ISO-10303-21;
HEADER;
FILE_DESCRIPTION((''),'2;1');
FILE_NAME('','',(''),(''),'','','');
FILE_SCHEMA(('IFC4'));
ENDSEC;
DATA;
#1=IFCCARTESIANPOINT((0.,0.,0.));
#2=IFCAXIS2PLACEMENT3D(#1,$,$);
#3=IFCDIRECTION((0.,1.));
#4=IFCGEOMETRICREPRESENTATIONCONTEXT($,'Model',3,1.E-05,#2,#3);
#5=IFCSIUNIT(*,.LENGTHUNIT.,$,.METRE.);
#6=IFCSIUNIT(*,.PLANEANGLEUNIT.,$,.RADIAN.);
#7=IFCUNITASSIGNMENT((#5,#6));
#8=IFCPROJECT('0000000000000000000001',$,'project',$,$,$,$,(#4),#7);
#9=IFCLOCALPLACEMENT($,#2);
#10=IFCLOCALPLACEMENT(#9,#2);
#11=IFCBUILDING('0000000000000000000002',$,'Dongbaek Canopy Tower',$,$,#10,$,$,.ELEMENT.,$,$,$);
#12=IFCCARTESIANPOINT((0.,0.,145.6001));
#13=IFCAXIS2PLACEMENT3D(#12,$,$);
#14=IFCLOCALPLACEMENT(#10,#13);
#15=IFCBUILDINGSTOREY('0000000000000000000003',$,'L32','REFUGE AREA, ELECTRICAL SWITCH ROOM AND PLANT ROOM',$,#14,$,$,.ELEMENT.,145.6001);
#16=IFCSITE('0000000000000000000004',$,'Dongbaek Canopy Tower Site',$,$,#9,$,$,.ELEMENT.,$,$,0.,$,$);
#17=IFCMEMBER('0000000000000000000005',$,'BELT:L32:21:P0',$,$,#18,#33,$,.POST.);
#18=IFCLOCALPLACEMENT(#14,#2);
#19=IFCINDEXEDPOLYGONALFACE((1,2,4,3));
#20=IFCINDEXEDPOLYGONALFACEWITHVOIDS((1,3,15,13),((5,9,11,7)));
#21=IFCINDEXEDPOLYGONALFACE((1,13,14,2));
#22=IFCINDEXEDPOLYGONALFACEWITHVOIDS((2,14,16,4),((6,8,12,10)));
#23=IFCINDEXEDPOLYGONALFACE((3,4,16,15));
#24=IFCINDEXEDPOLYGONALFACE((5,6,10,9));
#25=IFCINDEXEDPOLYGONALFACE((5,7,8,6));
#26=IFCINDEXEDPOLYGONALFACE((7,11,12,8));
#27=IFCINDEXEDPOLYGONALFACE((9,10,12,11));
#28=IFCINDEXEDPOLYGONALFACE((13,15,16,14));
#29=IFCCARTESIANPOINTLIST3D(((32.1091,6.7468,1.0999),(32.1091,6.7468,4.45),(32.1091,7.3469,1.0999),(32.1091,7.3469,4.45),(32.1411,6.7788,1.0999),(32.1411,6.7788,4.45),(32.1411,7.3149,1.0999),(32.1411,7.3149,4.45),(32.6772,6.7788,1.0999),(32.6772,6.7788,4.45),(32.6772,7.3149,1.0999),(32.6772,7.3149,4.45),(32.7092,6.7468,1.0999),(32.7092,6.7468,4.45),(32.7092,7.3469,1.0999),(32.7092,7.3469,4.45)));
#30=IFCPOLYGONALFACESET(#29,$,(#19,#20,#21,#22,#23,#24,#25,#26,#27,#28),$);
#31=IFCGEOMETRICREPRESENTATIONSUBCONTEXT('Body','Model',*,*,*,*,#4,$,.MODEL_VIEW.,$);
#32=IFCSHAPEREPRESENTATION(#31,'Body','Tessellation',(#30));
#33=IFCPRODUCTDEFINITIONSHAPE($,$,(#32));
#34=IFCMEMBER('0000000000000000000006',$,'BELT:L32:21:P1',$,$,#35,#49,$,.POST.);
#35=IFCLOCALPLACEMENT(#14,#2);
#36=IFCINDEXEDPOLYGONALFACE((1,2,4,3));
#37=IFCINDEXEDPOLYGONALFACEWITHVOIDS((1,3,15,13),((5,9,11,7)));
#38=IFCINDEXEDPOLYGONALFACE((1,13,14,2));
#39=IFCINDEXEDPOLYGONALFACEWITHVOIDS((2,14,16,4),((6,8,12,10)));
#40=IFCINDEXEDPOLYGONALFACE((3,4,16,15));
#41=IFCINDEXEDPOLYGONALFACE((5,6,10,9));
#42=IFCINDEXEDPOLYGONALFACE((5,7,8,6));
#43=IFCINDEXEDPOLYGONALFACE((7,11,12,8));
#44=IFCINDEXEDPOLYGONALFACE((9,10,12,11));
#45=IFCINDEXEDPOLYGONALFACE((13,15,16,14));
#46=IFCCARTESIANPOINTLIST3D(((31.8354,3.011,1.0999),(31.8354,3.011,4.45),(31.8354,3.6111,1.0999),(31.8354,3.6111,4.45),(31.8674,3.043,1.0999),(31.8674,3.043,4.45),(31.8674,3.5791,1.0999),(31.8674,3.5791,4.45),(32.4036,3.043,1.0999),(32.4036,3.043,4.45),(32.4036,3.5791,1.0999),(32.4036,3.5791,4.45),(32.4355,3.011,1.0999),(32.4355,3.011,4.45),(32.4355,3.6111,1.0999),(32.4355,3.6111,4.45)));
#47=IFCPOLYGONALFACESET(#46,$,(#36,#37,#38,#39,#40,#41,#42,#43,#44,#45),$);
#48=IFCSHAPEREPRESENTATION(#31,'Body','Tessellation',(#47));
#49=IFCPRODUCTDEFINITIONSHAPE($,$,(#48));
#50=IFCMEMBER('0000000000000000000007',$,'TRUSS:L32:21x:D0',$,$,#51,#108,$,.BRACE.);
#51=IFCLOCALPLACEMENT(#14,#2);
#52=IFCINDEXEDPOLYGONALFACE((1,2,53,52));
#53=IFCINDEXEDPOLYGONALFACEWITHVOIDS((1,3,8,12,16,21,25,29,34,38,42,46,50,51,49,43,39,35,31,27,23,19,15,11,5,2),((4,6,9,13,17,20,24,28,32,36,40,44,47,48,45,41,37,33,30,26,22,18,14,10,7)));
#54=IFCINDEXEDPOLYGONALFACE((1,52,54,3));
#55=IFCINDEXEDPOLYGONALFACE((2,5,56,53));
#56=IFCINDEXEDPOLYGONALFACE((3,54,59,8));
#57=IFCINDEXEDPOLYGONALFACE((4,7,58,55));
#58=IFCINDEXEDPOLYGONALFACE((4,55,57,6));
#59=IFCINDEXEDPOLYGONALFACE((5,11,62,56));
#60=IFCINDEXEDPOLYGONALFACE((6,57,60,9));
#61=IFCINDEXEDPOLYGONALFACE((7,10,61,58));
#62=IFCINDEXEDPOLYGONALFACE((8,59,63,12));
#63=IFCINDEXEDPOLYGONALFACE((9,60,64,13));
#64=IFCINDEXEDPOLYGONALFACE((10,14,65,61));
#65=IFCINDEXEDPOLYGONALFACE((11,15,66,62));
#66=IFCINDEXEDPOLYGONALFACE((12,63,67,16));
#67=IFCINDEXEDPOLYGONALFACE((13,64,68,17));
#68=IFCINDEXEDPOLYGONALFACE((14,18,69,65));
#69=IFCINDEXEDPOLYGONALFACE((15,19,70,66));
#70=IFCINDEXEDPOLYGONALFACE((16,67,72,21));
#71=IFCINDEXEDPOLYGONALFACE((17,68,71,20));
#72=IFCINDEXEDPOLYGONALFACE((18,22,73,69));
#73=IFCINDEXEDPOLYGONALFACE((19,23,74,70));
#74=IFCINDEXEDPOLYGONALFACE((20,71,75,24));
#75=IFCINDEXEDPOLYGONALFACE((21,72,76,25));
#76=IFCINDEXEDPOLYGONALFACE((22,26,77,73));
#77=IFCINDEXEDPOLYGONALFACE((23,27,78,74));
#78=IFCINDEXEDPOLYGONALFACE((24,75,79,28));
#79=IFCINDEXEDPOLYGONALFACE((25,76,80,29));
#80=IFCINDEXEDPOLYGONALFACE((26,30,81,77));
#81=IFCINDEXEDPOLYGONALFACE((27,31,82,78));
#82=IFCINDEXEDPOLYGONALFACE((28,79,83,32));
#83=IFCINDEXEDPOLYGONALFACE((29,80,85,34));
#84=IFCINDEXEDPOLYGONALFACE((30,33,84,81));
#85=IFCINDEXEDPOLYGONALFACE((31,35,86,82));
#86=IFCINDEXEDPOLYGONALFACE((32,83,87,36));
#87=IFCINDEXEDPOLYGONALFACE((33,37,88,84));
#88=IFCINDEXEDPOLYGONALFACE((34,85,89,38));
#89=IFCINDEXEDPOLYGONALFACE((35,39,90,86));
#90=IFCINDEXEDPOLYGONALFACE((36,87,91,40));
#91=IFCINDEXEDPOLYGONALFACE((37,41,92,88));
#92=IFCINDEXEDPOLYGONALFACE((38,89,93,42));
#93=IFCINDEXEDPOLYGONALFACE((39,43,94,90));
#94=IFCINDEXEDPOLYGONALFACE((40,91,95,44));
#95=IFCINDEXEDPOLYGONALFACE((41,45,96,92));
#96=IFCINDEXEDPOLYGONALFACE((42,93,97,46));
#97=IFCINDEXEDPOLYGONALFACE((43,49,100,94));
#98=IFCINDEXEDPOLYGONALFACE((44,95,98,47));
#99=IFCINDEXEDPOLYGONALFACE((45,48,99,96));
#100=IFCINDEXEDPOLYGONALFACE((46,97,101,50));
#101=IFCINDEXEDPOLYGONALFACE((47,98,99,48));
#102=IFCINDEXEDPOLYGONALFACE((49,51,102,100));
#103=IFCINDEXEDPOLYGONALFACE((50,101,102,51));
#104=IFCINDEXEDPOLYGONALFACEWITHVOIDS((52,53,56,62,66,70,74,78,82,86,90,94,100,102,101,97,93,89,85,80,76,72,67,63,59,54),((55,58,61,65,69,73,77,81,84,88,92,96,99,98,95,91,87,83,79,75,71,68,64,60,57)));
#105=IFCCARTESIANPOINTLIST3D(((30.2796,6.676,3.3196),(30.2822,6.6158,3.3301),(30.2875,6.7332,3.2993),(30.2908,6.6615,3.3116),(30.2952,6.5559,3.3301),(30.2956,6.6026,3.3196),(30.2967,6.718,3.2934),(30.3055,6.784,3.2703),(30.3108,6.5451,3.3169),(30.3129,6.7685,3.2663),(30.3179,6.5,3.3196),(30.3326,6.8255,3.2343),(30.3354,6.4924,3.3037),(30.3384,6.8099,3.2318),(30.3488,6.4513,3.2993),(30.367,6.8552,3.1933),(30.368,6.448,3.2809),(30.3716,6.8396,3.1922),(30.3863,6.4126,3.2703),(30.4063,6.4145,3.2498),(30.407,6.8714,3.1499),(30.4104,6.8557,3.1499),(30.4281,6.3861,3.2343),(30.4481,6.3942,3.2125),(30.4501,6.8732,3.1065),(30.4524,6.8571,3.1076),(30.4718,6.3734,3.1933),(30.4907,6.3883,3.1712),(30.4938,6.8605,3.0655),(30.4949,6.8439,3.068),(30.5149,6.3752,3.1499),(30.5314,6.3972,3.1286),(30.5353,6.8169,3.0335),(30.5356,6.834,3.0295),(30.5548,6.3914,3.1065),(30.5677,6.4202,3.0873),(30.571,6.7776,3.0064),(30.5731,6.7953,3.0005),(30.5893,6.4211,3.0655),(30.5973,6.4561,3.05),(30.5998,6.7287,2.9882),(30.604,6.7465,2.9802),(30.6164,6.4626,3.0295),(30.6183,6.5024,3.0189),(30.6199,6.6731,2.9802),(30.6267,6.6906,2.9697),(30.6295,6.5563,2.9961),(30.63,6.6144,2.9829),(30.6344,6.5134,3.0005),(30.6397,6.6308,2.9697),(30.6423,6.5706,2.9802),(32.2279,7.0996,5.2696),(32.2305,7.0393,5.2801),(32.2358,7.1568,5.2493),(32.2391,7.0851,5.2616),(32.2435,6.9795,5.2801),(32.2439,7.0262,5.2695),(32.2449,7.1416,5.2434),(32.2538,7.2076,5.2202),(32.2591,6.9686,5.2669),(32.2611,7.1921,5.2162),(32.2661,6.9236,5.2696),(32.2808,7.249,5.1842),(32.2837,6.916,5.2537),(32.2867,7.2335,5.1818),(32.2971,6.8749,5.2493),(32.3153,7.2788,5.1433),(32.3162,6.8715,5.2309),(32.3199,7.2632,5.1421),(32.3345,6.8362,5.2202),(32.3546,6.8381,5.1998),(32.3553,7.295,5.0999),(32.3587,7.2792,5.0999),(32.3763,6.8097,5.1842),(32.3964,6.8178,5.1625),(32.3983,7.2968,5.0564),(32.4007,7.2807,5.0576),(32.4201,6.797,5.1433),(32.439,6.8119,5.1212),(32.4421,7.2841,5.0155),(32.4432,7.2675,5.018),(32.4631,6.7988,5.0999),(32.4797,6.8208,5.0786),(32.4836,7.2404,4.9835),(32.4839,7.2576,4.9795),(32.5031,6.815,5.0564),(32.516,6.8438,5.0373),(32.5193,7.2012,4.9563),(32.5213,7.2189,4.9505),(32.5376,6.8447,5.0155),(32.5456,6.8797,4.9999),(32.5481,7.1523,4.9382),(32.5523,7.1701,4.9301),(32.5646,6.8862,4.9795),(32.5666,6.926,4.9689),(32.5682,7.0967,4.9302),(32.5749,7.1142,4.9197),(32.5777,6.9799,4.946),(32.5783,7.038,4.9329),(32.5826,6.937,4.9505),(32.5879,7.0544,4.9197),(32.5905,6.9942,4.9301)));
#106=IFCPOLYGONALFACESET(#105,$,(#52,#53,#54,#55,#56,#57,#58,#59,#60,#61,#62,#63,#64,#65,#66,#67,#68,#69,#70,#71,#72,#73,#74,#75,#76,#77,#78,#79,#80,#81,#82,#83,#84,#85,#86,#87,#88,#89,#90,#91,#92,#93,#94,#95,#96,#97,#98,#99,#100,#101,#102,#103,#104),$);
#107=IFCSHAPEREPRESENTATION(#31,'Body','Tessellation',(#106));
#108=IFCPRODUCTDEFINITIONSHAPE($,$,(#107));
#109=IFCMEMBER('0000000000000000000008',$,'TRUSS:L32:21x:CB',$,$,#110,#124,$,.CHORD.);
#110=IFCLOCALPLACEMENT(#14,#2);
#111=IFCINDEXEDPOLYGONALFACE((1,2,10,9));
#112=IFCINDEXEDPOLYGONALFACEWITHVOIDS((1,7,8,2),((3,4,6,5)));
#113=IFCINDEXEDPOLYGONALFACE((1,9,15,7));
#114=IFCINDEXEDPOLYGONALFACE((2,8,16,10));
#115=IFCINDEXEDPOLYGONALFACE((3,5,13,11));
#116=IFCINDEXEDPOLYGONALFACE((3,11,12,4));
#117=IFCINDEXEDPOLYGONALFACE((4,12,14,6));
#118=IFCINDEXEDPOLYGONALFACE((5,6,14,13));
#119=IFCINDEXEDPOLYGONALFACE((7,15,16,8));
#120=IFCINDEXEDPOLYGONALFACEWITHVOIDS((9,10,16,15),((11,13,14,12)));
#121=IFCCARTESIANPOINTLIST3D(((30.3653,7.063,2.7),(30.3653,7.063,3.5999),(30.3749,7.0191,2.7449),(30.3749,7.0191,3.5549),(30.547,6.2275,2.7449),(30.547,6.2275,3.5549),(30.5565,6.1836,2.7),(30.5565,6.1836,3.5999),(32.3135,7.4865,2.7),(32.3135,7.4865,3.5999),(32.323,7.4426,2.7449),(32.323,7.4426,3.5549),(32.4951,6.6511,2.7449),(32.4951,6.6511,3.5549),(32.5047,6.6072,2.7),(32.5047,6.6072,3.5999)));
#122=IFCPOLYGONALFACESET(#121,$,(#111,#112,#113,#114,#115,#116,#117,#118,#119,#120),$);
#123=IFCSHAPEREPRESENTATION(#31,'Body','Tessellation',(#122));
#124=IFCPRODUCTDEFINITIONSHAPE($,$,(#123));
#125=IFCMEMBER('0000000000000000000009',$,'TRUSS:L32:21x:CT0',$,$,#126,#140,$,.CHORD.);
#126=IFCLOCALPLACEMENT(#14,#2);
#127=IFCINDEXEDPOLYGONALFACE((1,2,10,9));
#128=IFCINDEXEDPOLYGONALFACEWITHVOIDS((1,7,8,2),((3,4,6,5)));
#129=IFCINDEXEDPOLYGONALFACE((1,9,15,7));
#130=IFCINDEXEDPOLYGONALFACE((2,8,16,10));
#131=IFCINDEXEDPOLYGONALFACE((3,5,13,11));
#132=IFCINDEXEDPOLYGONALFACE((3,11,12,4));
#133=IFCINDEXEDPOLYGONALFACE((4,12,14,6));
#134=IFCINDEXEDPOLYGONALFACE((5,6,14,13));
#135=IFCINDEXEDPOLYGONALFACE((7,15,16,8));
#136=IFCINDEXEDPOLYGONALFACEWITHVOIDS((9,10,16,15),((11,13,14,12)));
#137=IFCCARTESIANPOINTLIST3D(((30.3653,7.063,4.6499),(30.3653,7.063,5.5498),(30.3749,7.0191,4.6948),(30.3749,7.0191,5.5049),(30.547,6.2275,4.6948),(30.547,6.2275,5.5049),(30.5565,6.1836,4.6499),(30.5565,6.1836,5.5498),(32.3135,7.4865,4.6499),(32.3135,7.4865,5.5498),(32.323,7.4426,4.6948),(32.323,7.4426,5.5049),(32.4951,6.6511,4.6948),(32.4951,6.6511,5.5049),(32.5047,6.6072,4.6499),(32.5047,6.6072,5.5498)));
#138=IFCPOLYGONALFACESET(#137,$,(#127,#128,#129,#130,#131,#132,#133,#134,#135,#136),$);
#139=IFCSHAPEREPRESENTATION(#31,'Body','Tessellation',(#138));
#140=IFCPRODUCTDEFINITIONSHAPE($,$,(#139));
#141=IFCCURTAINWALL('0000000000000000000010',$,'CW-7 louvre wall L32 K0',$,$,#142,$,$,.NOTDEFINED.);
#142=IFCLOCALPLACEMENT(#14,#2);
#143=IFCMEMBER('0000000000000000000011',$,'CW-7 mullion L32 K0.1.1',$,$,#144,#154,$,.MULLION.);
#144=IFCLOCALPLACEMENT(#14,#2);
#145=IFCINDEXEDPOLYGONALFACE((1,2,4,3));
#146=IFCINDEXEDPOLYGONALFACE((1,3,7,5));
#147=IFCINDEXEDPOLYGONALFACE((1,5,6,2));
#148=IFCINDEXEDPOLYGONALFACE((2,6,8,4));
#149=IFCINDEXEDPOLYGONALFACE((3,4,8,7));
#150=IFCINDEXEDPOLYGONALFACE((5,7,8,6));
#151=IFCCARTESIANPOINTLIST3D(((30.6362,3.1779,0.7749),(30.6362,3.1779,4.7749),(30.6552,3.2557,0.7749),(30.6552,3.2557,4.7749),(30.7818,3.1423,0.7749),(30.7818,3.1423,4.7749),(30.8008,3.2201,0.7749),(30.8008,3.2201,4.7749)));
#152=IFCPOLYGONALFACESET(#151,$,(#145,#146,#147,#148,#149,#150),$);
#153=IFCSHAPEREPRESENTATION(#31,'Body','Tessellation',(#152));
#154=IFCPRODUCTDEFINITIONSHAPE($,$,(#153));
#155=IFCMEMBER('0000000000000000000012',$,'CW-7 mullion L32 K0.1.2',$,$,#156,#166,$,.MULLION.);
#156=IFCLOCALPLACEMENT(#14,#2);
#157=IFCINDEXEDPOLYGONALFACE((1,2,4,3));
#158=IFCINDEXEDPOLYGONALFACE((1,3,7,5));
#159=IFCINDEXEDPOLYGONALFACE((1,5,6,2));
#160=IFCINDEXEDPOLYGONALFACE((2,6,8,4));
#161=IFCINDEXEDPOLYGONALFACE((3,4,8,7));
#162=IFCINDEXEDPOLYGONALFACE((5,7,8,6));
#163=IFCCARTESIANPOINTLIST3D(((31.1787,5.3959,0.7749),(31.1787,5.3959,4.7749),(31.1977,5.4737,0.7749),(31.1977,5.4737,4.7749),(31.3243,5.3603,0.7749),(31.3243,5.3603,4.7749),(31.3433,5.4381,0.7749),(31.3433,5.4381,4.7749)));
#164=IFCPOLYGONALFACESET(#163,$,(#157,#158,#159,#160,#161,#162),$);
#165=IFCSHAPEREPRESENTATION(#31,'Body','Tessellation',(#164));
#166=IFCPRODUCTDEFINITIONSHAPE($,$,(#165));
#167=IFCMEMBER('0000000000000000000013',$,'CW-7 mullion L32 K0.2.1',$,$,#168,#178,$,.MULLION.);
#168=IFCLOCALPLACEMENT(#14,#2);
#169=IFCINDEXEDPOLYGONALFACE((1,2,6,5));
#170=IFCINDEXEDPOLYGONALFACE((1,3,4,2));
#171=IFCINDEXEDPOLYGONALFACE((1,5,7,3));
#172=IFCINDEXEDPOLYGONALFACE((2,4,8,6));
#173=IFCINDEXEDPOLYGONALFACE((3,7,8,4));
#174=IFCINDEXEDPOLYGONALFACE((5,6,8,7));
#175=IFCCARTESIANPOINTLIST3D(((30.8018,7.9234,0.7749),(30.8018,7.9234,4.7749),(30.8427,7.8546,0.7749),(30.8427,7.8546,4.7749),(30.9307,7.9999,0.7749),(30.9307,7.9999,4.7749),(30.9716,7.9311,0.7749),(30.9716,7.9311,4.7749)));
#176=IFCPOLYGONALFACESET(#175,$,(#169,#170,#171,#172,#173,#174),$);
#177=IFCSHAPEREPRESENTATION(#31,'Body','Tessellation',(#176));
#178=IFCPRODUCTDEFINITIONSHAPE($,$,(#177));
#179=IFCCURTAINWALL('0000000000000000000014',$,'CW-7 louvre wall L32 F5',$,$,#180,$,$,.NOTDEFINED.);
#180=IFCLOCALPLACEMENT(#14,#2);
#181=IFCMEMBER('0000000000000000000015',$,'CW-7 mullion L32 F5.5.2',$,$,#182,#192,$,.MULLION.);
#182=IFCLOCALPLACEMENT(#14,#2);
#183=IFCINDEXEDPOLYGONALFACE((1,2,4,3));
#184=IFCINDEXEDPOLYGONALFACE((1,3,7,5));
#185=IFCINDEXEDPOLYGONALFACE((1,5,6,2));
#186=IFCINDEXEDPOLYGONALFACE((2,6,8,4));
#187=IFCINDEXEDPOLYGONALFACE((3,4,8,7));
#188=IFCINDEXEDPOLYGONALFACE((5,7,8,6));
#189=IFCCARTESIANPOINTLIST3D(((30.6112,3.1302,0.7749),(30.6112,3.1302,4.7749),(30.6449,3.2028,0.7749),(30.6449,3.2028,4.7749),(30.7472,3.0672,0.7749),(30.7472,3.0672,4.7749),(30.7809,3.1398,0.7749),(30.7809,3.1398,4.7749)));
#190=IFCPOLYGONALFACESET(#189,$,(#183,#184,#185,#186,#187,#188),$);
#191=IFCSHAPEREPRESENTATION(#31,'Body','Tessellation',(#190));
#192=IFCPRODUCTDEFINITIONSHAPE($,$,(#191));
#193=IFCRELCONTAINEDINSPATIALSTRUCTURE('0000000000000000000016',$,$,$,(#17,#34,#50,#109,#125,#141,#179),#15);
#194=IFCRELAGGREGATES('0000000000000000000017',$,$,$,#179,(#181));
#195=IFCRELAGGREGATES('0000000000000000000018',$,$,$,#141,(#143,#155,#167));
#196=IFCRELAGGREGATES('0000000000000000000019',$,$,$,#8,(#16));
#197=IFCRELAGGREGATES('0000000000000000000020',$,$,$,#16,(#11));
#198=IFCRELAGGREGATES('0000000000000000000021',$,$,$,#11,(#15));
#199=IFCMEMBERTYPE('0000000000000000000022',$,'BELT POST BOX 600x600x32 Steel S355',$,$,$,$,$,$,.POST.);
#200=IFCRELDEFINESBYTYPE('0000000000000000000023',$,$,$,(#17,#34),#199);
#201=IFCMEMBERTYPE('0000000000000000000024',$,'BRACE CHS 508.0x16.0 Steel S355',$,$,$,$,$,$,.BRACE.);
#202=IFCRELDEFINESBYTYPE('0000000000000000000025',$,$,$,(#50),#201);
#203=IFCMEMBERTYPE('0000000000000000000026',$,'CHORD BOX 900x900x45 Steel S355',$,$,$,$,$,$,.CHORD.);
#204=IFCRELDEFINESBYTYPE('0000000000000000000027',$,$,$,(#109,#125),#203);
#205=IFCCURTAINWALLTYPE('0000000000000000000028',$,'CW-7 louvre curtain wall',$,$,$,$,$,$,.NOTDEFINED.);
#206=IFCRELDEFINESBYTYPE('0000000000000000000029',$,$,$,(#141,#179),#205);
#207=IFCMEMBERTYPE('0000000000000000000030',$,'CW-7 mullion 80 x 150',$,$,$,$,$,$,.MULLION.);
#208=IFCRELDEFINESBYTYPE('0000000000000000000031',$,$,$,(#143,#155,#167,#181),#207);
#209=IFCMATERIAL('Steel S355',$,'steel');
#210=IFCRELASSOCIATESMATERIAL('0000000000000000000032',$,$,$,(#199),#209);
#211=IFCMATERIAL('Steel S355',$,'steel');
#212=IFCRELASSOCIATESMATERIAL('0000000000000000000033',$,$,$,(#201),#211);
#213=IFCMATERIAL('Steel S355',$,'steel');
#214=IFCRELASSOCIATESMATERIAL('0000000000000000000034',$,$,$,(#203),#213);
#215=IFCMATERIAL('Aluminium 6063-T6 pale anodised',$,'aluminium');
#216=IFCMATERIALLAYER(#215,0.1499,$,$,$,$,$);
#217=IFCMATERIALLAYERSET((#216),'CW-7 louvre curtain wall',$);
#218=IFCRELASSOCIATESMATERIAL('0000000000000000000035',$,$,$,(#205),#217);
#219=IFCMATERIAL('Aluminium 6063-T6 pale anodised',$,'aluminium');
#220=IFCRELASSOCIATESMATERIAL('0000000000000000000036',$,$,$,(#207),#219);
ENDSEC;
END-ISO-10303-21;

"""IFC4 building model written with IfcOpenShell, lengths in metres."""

from ifc_helpers import new_model, si_unit, direction, frame, origin, origin_2d, place, context, subcontext, project, spatial, rectangle, hollow_rectangle, hollow_circle, extrude, material, layer, layer_set, material_profile, profile_set, type_object, element, aggregate, save


model = new_model("IFC4")

# Units and contexts
model_context = context("Model", 3, precision=1e-05, world=origin(), true_north=direction((0.0, 1.0)))
body_context = subcontext(model_context, "Body", "Model", "MODEL_VIEW")
ifc_project = project(units=[si_unit("LENGTHUNIT", "METRE"), si_unit("PLANEANGLEUNIT", "RADIAN")], contexts=[model_context])

# Site, building, storey
site_placement = place(None, origin())
site = spatial("IfcSite", under=ifc_project, at=site_placement, Name="Dongbaek Canopy Tower Site", CompositionType="ELEMENT", RefElevation=0.0)
building_placement = place(site_placement, origin())
building = spatial("IfcBuilding", under=site, at=building_placement, Name="Dongbaek Canopy Tower", CompositionType="ELEMENT")
storey_placement = place(building_placement, frame((0.0, 0.0, 145.6001)))
storey = spatial("IfcBuildingStorey", under=building, at=storey_placement, Name="L32", Description="REFUGE AREA, ELECTRICAL SWITCH ROOM AND PLANT ROOM", CompositionType="ELEMENT", Elevation=145.6001)

# Members
ifc_material_1 = material(Name="Steel S355", Category="steel")
ifc_material_profile_1 = material_profile(ifc_material_1, hollow_rectangle(XDim=0.6001, YDim=0.6001, WallThickness=0.032, at=origin_2d()), Name="BELT POST BOX 600x600x32 Steel S355")
ifc_profile_set_1 = profile_set([ifc_material_profile_1], Name="Steel S355")
member_type_1 = type_object("IfcMemberType", Name="BELT POST BOX 600x600x32 Steel S355", PredefinedType="POST", material=ifc_profile_set_1)
for number, where, z_axis, x_axis, name in (
    (1, (32.4092, 7.0469, 1.0999), (0.0, 0.0, 1.0), (1.0, 0.0, 0.0), "BELT:L32:21:P0"),
    (2, (32.1355, 3.311, 1.0999), (0.0, 0.0, 1.0), (1.0, 0.0, 0.0), "BELT:L32:21:P1"),
):
    element("IfcMember", number, at=place(storey_placement, frame(where, z_axis=z_axis, x_axis=x_axis)), inside=storey, type_object=member_type_1, Name=name, PredefinedType="POST", context=body_context, shape_type="SweptSolid", body=[
        extrude(hollow_rectangle(XDim=0.6001, YDim=0.6001, WallThickness=0.032, at=origin_2d()), origin(), (0.0, 0.0, 1.0), 3.3501),
    ])
ifc_material_2 = material(Name="Steel S355", Category="steel")
ifc_material_profile_2 = material_profile(ifc_material_2, hollow_circle(Radius=0.2539, WallThickness=0.0161, at=origin_2d()), Name="BRACE CHS 508.0x16.0 Steel S355")
ifc_profile_set_2 = profile_set([ifc_material_profile_2], Name="Steel S355")
member_type_2 = type_object("IfcMemberType", Name="BRACE CHS 508.0x16.0 Steel S355", PredefinedType="BRACE", material=ifc_profile_set_2)
member_1_placement = place(storey_placement, frame((30.4609, 6.6233, 3.1499), z_axis=(0.698596, 0.151888, 0.699209), x_axis=(-0.212455, 0.977171, 0.0)))
element("IfcMember", 3, at=member_1_placement, inside=storey, type_object=member_type_2, Name="TRUSS:L32:21x:D0", PredefinedType="BRACE", context=body_context, shape_type="SweptSolid", body=[
    extrude(hollow_circle(Radius=0.2539, WallThickness=0.0161, at=origin_2d()), origin(), (0.0, 0.0, 1.0), 2.7888),
])
ifc_material_3 = material(Name="Steel S355", Category="steel")
ifc_material_profile_3 = material_profile(ifc_material_3, hollow_rectangle(XDim=0.8999, YDim=0.8999, WallThickness=0.0449, at=origin_2d()), Name="CHORD BOX 900x900x45 Steel S355")
ifc_profile_set_3 = profile_set([ifc_material_profile_3], Name="Steel S355")
member_type_3 = type_object("IfcMemberType", Name="CHORD BOX 900x900x45 Steel S355", PredefinedType="CHORD", material=ifc_profile_set_3)
for number, where, z_axis, x_axis, name in (
    (4, (30.4609, 6.6233, 3.1499), (0.977171, 0.212455, 0.0), (-0.212455, 0.977171, 0.0), "TRUSS:L32:21x:CB"),
    (5, (30.4609, 6.6233, 5.0999), (0.977171, 0.212455, 0.0), (-0.212455, 0.977171, 0.0), "TRUSS:L32:21x:CT0"),
):
    element("IfcMember", number, at=place(storey_placement, frame(where, z_axis=z_axis, x_axis=x_axis)), inside=storey, type_object=member_type_3, Name=name, PredefinedType="CHORD", context=body_context, shape_type="SweptSolid", body=[
        extrude(hollow_rectangle(XDim=0.8999, YDim=0.8999, WallThickness=0.0449, at=origin_2d()), origin(), (0.0, 0.0, 1.0), 1.9937),
    ])

# Curtain wall, members
ifc_material_4 = material(Name="Aluminium 6063-T6 pale anodised", Category="aluminium")
ifc_layer_1 = layer(ifc_material_4, 0.1499)
ifc_layer_set_1 = layer_set([ifc_layer_1], Name="CW-7 louvre curtain wall")
curtain_wall_type = type_object("IfcCurtainWallType", Name="CW-7 louvre curtain wall", PredefinedType="NOTDEFINED", material=ifc_layer_set_1)
curtain_wall_1_placement = place(storey_placement, origin())
curtain_wall_1 = element("IfcCurtainWall", 6, at=curtain_wall_1_placement, inside=storey, type_object=curtain_wall_type, Name="CW-7 louvre wall L32 K0", PredefinedType="NOTDEFINED")
ifc_material_5 = material(Name="Aluminium 6063-T6 pale anodised", Category="aluminium")
ifc_material_profile_4 = material_profile(ifc_material_5, rectangle(XDim=0.1499, YDim=0.0801, at=origin_2d()), Name="CW-7 mullion 80 x 150")
ifc_profile_set_4 = profile_set([ifc_material_profile_4], Name="Aluminium 6063-T6 pale anodised")
member_type_4 = type_object("IfcMemberType", Name="CW-7 mullion 80 x 150", PredefinedType="MULLION", material=ifc_profile_set_4)
member_2_placement = place(storey_placement, frame((30.7185, 3.199, 0.7749), z_axis=(0.0, 0.0, 1.0), x_axis=(0.971367, -0.237585, 0.0)))
member_2 = element("IfcMember", 7, at=member_2_placement, type_object=member_type_4, Name="CW-7 mullion L32 K0.1.1", PredefinedType="MULLION", context=body_context, shape_type="SweptSolid", body=[
    extrude(rectangle(XDim=0.1499, YDim=0.0801, at=origin_2d()), origin(), (0.0, 0.0, 1.0), 4.0),
])
member_3_placement = place(storey_placement, frame((31.261, 5.417, 0.7749), z_axis=(0.0, 0.0, 1.0), x_axis=(0.971367, -0.237585, 0.0)))
member_3 = element("IfcMember", 8, at=member_3_placement, type_object=member_type_4, Name="CW-7 mullion L32 K0.1.2", PredefinedType="MULLION", context=body_context, shape_type="SweptSolid", body=[
    extrude(rectangle(XDim=0.1499, YDim=0.0801, at=origin_2d()), origin(), (0.0, 0.0, 1.0), 4.0),
])
member_4_placement = place(storey_placement, frame((30.8867, 7.9272, 0.7749), z_axis=(0.0, 0.0, 1.0), x_axis=(0.85983, 0.51058, 0.0)))
member_4 = element("IfcMember", 9, at=member_4_placement, type_object=member_type_4, Name="CW-7 mullion L32 K0.2.1", PredefinedType="MULLION", context=body_context, shape_type="SweptSolid", body=[
    extrude(rectangle(XDim=0.1499, YDim=0.0801, at=origin_2d()), origin(), (0.0, 0.0, 1.0), 4.0),
])

# Curtain wall, member
curtain_wall_2_placement = place(storey_placement, origin())
curtain_wall_2 = element("IfcCurtainWall", 10, at=curtain_wall_2_placement, inside=storey, type_object=curtain_wall_type, Name="CW-7 louvre wall L32 F5", PredefinedType="NOTDEFINED")
member_5_placement = place(storey_placement, frame((30.696, 3.135, 0.7749), z_axis=(0.0, 0.0, 1.0), x_axis=(0.907369, -0.420334, 0.0)))
member_5 = element("IfcMember", 11, at=member_5_placement, type_object=member_type_4, Name="CW-7 mullion L32 F5.5.2", PredefinedType="MULLION", context=body_context, shape_type="SweptSolid", body=[
    extrude(rectangle(XDim=0.1499, YDim=0.0801, at=origin_2d()), origin(), (0.0, 0.0, 1.0), 4.0),
])
aggregate(curtain_wall_2, [member_5])

aggregate(curtain_wall_1, [member_2, member_3, member_4])

save(model, "model.ifc")
